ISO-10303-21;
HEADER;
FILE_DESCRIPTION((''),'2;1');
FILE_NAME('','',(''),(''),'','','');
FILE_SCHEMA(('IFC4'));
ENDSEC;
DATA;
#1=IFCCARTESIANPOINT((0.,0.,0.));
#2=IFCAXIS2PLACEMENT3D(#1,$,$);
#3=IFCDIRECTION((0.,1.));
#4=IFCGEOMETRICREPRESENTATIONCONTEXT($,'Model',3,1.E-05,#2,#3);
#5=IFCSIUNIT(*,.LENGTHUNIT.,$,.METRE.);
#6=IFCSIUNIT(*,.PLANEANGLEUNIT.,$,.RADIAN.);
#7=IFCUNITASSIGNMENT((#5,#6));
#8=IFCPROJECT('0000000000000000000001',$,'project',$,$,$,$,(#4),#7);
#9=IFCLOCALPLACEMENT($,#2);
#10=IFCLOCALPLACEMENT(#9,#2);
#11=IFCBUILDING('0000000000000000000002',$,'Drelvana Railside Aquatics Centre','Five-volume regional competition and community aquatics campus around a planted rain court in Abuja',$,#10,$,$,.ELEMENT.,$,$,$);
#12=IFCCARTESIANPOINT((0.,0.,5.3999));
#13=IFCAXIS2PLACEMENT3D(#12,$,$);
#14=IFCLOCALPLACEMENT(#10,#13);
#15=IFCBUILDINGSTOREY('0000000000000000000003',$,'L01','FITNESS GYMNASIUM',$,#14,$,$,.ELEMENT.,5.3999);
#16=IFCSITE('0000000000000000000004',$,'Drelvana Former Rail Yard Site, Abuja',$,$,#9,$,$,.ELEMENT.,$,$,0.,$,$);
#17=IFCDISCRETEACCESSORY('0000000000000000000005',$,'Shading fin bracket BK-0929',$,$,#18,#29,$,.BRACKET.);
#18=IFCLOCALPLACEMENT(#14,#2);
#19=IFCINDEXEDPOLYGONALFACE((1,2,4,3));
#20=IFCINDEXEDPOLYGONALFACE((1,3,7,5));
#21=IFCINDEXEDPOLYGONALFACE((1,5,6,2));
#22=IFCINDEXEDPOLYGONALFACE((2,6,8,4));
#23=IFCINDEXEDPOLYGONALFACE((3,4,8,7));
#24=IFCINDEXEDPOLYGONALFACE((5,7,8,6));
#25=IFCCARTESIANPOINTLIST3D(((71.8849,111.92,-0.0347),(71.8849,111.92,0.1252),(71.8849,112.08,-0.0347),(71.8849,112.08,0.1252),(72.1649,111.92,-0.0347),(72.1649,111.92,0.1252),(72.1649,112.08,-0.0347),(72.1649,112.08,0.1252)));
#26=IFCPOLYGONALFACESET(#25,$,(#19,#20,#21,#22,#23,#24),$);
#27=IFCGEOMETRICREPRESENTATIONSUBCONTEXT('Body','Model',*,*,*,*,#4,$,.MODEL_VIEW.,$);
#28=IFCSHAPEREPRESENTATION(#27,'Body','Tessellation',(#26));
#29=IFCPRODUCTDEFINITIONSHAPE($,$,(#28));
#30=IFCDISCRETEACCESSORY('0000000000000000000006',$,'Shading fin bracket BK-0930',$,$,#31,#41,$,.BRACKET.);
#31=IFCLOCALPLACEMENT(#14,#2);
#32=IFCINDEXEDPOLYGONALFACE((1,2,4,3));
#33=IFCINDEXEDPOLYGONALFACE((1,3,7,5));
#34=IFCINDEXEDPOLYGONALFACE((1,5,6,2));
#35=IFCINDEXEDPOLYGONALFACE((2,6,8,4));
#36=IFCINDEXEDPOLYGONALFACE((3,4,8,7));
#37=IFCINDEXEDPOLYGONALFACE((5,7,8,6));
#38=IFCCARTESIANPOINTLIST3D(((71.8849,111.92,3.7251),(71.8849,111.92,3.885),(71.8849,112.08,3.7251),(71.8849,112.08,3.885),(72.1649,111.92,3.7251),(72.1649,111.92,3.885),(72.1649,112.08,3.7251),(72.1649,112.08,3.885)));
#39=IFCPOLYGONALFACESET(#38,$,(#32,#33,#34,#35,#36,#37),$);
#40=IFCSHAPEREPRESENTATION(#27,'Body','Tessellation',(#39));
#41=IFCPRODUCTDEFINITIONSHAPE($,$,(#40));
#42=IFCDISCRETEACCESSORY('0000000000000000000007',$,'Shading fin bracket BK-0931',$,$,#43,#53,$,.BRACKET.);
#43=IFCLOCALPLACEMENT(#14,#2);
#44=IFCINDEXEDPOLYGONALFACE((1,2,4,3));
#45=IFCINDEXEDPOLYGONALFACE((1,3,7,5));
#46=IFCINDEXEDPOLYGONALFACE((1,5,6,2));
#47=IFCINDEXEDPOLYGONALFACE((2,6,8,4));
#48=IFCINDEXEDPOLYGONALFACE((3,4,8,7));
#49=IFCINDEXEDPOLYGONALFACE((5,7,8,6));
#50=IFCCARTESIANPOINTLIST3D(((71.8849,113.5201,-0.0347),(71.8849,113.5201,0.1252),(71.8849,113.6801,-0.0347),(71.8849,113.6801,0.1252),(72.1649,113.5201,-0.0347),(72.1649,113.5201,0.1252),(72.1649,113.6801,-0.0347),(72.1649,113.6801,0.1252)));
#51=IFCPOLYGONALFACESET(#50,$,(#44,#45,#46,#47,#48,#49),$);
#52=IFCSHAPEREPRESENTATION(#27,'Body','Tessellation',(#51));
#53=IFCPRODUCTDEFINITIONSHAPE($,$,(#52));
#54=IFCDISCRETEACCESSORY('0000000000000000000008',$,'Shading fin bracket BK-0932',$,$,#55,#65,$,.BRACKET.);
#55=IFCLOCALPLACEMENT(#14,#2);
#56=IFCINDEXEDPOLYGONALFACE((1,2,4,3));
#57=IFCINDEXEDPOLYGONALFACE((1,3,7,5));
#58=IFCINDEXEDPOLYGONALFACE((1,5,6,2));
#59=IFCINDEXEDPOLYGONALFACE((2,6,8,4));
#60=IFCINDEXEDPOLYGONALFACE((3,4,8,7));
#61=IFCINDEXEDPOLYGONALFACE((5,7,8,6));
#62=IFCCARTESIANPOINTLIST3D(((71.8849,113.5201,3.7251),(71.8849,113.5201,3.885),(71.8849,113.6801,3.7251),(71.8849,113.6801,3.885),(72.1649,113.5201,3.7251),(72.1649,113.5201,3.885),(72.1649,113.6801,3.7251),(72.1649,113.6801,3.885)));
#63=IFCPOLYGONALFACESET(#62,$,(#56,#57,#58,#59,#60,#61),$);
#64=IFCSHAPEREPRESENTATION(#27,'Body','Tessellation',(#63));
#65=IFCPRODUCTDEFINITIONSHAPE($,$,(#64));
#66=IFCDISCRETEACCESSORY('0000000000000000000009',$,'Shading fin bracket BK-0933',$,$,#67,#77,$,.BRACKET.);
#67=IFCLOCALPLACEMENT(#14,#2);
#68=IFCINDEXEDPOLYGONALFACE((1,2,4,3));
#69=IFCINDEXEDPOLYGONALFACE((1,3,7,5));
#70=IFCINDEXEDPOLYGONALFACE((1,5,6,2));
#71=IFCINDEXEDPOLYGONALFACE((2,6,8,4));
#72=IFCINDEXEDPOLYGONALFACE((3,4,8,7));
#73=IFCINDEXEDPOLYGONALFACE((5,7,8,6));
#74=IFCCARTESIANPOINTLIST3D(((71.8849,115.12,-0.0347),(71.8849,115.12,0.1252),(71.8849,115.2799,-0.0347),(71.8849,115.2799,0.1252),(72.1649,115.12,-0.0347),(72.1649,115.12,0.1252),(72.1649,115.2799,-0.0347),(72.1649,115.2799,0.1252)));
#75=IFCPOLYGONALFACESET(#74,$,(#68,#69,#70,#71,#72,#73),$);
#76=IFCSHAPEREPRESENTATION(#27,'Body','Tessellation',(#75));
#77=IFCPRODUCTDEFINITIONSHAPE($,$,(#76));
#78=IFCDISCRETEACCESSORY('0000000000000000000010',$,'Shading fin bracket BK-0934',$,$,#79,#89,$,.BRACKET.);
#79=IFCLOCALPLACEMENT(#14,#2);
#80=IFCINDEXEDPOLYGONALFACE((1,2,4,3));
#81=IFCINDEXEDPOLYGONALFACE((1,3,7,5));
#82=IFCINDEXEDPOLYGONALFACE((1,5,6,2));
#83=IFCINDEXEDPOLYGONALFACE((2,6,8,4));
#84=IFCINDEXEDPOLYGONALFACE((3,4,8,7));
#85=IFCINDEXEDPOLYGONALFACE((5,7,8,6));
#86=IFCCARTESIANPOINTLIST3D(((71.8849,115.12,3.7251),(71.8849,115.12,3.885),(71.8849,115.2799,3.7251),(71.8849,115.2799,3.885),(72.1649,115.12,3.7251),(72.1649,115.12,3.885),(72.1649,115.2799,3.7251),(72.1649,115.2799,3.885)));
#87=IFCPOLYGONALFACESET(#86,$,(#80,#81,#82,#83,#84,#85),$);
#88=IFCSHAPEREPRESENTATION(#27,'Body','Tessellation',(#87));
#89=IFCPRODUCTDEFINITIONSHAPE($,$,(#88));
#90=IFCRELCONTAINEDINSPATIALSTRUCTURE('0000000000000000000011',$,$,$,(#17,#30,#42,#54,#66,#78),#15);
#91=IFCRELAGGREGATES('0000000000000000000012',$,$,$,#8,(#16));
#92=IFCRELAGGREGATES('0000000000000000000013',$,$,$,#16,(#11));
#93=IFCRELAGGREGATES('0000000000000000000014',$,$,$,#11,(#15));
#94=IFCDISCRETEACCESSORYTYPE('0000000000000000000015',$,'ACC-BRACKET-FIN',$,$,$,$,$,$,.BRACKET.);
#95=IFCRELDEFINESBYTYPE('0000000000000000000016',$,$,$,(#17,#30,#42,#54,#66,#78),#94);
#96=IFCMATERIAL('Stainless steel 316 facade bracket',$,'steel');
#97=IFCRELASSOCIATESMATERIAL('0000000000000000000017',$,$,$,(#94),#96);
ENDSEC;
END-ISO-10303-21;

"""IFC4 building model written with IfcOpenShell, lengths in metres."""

from ifc_helpers import new_model, si_unit, direction, frame, origin, origin_2d, place, context, subcontext, project, spatial, rectangle, extrude, material, type_object, element, save


model = new_model("IFC4")

# Units and contexts
model_context = context("Model", 3, precision=1e-05, world=origin(), true_north=direction((0.0, 1.0)))
body_context = subcontext(model_context, "Body", "Model", "MODEL_VIEW")
ifc_project = project(units=[si_unit("LENGTHUNIT", "METRE"), si_unit("PLANEANGLEUNIT", "RADIAN")], contexts=[model_context])

# Site, building, storey
site_placement = place(None, origin())
site = spatial("IfcSite", under=ifc_project, at=site_placement, Name="Drelvana Former Rail Yard Site, Abuja", CompositionType="ELEMENT", RefElevation=0.0)
building_placement = place(site_placement, origin())
building = spatial("IfcBuilding", under=site, at=building_placement, Name="Drelvana Railside Aquatics Centre", Description="Five-volume regional competition and community aquatics campus around a planted rain court in Abuja", CompositionType="ELEMENT")
storey_placement = place(building_placement, frame((0.0, 0.0, 5.3999)))
storey = spatial("IfcBuildingStorey", under=building, at=storey_placement, Name="L01", Description="FITNESS GYMNASIUM", CompositionType="ELEMENT", Elevation=5.3999)

# Discrete accessories
ifc_material_1 = material(Name="Stainless steel 316 facade bracket", Category="steel")
discrete_accessory_type = type_object("IfcDiscreteAccessoryType", Name="ACC-BRACKET-FIN", PredefinedType="BRACKET", material=ifc_material_1)
for number, where, z_axis, x_axis, name in (
    (1, (72.0249, 112.0, -0.0347), (0.0, 0.0, 1.0), (1.0, 0.0, 0.0), "Shading fin bracket BK-0929"),
    (2, (72.0249, 112.0, 3.7251), (0.0, 0.0, 1.0), (1.0, 0.0, 0.0), "Shading fin bracket BK-0930"),
    (3, (72.0249, 113.6001, -0.0347), (0.0, 0.0, 1.0), (1.0, 0.0, 0.0), "Shading fin bracket BK-0931"),
    (4, (72.0249, 113.6001, 3.7251), (0.0, 0.0, 1.0), (1.0, 0.0, 0.0), "Shading fin bracket BK-0932"),
    (5, (72.0249, 115.2, -0.0347), (0.0, 0.0, 1.0), (1.0, 0.0, 0.0), "Shading fin bracket BK-0933"),
    (6, (72.0249, 115.2, 3.7251), (0.0, 0.0, 1.0), (1.0, 0.0, 0.0), "Shading fin bracket BK-0934"),
):
    element("IfcDiscreteAccessory", number, at=place(storey_placement, frame(where, z_axis=z_axis, x_axis=x_axis)), inside=storey, type_object=discrete_accessory_type, Name=name, PredefinedType="BRACKET", context=body_context, shape_type="SweptSolid", body=[
        extrude(rectangle(XDim=0.28, YDim=0.1599, at=origin_2d()), origin(), (0.0, 0.0, 1.0), 0.1599),
    ])

save(model, "model.ifc")
